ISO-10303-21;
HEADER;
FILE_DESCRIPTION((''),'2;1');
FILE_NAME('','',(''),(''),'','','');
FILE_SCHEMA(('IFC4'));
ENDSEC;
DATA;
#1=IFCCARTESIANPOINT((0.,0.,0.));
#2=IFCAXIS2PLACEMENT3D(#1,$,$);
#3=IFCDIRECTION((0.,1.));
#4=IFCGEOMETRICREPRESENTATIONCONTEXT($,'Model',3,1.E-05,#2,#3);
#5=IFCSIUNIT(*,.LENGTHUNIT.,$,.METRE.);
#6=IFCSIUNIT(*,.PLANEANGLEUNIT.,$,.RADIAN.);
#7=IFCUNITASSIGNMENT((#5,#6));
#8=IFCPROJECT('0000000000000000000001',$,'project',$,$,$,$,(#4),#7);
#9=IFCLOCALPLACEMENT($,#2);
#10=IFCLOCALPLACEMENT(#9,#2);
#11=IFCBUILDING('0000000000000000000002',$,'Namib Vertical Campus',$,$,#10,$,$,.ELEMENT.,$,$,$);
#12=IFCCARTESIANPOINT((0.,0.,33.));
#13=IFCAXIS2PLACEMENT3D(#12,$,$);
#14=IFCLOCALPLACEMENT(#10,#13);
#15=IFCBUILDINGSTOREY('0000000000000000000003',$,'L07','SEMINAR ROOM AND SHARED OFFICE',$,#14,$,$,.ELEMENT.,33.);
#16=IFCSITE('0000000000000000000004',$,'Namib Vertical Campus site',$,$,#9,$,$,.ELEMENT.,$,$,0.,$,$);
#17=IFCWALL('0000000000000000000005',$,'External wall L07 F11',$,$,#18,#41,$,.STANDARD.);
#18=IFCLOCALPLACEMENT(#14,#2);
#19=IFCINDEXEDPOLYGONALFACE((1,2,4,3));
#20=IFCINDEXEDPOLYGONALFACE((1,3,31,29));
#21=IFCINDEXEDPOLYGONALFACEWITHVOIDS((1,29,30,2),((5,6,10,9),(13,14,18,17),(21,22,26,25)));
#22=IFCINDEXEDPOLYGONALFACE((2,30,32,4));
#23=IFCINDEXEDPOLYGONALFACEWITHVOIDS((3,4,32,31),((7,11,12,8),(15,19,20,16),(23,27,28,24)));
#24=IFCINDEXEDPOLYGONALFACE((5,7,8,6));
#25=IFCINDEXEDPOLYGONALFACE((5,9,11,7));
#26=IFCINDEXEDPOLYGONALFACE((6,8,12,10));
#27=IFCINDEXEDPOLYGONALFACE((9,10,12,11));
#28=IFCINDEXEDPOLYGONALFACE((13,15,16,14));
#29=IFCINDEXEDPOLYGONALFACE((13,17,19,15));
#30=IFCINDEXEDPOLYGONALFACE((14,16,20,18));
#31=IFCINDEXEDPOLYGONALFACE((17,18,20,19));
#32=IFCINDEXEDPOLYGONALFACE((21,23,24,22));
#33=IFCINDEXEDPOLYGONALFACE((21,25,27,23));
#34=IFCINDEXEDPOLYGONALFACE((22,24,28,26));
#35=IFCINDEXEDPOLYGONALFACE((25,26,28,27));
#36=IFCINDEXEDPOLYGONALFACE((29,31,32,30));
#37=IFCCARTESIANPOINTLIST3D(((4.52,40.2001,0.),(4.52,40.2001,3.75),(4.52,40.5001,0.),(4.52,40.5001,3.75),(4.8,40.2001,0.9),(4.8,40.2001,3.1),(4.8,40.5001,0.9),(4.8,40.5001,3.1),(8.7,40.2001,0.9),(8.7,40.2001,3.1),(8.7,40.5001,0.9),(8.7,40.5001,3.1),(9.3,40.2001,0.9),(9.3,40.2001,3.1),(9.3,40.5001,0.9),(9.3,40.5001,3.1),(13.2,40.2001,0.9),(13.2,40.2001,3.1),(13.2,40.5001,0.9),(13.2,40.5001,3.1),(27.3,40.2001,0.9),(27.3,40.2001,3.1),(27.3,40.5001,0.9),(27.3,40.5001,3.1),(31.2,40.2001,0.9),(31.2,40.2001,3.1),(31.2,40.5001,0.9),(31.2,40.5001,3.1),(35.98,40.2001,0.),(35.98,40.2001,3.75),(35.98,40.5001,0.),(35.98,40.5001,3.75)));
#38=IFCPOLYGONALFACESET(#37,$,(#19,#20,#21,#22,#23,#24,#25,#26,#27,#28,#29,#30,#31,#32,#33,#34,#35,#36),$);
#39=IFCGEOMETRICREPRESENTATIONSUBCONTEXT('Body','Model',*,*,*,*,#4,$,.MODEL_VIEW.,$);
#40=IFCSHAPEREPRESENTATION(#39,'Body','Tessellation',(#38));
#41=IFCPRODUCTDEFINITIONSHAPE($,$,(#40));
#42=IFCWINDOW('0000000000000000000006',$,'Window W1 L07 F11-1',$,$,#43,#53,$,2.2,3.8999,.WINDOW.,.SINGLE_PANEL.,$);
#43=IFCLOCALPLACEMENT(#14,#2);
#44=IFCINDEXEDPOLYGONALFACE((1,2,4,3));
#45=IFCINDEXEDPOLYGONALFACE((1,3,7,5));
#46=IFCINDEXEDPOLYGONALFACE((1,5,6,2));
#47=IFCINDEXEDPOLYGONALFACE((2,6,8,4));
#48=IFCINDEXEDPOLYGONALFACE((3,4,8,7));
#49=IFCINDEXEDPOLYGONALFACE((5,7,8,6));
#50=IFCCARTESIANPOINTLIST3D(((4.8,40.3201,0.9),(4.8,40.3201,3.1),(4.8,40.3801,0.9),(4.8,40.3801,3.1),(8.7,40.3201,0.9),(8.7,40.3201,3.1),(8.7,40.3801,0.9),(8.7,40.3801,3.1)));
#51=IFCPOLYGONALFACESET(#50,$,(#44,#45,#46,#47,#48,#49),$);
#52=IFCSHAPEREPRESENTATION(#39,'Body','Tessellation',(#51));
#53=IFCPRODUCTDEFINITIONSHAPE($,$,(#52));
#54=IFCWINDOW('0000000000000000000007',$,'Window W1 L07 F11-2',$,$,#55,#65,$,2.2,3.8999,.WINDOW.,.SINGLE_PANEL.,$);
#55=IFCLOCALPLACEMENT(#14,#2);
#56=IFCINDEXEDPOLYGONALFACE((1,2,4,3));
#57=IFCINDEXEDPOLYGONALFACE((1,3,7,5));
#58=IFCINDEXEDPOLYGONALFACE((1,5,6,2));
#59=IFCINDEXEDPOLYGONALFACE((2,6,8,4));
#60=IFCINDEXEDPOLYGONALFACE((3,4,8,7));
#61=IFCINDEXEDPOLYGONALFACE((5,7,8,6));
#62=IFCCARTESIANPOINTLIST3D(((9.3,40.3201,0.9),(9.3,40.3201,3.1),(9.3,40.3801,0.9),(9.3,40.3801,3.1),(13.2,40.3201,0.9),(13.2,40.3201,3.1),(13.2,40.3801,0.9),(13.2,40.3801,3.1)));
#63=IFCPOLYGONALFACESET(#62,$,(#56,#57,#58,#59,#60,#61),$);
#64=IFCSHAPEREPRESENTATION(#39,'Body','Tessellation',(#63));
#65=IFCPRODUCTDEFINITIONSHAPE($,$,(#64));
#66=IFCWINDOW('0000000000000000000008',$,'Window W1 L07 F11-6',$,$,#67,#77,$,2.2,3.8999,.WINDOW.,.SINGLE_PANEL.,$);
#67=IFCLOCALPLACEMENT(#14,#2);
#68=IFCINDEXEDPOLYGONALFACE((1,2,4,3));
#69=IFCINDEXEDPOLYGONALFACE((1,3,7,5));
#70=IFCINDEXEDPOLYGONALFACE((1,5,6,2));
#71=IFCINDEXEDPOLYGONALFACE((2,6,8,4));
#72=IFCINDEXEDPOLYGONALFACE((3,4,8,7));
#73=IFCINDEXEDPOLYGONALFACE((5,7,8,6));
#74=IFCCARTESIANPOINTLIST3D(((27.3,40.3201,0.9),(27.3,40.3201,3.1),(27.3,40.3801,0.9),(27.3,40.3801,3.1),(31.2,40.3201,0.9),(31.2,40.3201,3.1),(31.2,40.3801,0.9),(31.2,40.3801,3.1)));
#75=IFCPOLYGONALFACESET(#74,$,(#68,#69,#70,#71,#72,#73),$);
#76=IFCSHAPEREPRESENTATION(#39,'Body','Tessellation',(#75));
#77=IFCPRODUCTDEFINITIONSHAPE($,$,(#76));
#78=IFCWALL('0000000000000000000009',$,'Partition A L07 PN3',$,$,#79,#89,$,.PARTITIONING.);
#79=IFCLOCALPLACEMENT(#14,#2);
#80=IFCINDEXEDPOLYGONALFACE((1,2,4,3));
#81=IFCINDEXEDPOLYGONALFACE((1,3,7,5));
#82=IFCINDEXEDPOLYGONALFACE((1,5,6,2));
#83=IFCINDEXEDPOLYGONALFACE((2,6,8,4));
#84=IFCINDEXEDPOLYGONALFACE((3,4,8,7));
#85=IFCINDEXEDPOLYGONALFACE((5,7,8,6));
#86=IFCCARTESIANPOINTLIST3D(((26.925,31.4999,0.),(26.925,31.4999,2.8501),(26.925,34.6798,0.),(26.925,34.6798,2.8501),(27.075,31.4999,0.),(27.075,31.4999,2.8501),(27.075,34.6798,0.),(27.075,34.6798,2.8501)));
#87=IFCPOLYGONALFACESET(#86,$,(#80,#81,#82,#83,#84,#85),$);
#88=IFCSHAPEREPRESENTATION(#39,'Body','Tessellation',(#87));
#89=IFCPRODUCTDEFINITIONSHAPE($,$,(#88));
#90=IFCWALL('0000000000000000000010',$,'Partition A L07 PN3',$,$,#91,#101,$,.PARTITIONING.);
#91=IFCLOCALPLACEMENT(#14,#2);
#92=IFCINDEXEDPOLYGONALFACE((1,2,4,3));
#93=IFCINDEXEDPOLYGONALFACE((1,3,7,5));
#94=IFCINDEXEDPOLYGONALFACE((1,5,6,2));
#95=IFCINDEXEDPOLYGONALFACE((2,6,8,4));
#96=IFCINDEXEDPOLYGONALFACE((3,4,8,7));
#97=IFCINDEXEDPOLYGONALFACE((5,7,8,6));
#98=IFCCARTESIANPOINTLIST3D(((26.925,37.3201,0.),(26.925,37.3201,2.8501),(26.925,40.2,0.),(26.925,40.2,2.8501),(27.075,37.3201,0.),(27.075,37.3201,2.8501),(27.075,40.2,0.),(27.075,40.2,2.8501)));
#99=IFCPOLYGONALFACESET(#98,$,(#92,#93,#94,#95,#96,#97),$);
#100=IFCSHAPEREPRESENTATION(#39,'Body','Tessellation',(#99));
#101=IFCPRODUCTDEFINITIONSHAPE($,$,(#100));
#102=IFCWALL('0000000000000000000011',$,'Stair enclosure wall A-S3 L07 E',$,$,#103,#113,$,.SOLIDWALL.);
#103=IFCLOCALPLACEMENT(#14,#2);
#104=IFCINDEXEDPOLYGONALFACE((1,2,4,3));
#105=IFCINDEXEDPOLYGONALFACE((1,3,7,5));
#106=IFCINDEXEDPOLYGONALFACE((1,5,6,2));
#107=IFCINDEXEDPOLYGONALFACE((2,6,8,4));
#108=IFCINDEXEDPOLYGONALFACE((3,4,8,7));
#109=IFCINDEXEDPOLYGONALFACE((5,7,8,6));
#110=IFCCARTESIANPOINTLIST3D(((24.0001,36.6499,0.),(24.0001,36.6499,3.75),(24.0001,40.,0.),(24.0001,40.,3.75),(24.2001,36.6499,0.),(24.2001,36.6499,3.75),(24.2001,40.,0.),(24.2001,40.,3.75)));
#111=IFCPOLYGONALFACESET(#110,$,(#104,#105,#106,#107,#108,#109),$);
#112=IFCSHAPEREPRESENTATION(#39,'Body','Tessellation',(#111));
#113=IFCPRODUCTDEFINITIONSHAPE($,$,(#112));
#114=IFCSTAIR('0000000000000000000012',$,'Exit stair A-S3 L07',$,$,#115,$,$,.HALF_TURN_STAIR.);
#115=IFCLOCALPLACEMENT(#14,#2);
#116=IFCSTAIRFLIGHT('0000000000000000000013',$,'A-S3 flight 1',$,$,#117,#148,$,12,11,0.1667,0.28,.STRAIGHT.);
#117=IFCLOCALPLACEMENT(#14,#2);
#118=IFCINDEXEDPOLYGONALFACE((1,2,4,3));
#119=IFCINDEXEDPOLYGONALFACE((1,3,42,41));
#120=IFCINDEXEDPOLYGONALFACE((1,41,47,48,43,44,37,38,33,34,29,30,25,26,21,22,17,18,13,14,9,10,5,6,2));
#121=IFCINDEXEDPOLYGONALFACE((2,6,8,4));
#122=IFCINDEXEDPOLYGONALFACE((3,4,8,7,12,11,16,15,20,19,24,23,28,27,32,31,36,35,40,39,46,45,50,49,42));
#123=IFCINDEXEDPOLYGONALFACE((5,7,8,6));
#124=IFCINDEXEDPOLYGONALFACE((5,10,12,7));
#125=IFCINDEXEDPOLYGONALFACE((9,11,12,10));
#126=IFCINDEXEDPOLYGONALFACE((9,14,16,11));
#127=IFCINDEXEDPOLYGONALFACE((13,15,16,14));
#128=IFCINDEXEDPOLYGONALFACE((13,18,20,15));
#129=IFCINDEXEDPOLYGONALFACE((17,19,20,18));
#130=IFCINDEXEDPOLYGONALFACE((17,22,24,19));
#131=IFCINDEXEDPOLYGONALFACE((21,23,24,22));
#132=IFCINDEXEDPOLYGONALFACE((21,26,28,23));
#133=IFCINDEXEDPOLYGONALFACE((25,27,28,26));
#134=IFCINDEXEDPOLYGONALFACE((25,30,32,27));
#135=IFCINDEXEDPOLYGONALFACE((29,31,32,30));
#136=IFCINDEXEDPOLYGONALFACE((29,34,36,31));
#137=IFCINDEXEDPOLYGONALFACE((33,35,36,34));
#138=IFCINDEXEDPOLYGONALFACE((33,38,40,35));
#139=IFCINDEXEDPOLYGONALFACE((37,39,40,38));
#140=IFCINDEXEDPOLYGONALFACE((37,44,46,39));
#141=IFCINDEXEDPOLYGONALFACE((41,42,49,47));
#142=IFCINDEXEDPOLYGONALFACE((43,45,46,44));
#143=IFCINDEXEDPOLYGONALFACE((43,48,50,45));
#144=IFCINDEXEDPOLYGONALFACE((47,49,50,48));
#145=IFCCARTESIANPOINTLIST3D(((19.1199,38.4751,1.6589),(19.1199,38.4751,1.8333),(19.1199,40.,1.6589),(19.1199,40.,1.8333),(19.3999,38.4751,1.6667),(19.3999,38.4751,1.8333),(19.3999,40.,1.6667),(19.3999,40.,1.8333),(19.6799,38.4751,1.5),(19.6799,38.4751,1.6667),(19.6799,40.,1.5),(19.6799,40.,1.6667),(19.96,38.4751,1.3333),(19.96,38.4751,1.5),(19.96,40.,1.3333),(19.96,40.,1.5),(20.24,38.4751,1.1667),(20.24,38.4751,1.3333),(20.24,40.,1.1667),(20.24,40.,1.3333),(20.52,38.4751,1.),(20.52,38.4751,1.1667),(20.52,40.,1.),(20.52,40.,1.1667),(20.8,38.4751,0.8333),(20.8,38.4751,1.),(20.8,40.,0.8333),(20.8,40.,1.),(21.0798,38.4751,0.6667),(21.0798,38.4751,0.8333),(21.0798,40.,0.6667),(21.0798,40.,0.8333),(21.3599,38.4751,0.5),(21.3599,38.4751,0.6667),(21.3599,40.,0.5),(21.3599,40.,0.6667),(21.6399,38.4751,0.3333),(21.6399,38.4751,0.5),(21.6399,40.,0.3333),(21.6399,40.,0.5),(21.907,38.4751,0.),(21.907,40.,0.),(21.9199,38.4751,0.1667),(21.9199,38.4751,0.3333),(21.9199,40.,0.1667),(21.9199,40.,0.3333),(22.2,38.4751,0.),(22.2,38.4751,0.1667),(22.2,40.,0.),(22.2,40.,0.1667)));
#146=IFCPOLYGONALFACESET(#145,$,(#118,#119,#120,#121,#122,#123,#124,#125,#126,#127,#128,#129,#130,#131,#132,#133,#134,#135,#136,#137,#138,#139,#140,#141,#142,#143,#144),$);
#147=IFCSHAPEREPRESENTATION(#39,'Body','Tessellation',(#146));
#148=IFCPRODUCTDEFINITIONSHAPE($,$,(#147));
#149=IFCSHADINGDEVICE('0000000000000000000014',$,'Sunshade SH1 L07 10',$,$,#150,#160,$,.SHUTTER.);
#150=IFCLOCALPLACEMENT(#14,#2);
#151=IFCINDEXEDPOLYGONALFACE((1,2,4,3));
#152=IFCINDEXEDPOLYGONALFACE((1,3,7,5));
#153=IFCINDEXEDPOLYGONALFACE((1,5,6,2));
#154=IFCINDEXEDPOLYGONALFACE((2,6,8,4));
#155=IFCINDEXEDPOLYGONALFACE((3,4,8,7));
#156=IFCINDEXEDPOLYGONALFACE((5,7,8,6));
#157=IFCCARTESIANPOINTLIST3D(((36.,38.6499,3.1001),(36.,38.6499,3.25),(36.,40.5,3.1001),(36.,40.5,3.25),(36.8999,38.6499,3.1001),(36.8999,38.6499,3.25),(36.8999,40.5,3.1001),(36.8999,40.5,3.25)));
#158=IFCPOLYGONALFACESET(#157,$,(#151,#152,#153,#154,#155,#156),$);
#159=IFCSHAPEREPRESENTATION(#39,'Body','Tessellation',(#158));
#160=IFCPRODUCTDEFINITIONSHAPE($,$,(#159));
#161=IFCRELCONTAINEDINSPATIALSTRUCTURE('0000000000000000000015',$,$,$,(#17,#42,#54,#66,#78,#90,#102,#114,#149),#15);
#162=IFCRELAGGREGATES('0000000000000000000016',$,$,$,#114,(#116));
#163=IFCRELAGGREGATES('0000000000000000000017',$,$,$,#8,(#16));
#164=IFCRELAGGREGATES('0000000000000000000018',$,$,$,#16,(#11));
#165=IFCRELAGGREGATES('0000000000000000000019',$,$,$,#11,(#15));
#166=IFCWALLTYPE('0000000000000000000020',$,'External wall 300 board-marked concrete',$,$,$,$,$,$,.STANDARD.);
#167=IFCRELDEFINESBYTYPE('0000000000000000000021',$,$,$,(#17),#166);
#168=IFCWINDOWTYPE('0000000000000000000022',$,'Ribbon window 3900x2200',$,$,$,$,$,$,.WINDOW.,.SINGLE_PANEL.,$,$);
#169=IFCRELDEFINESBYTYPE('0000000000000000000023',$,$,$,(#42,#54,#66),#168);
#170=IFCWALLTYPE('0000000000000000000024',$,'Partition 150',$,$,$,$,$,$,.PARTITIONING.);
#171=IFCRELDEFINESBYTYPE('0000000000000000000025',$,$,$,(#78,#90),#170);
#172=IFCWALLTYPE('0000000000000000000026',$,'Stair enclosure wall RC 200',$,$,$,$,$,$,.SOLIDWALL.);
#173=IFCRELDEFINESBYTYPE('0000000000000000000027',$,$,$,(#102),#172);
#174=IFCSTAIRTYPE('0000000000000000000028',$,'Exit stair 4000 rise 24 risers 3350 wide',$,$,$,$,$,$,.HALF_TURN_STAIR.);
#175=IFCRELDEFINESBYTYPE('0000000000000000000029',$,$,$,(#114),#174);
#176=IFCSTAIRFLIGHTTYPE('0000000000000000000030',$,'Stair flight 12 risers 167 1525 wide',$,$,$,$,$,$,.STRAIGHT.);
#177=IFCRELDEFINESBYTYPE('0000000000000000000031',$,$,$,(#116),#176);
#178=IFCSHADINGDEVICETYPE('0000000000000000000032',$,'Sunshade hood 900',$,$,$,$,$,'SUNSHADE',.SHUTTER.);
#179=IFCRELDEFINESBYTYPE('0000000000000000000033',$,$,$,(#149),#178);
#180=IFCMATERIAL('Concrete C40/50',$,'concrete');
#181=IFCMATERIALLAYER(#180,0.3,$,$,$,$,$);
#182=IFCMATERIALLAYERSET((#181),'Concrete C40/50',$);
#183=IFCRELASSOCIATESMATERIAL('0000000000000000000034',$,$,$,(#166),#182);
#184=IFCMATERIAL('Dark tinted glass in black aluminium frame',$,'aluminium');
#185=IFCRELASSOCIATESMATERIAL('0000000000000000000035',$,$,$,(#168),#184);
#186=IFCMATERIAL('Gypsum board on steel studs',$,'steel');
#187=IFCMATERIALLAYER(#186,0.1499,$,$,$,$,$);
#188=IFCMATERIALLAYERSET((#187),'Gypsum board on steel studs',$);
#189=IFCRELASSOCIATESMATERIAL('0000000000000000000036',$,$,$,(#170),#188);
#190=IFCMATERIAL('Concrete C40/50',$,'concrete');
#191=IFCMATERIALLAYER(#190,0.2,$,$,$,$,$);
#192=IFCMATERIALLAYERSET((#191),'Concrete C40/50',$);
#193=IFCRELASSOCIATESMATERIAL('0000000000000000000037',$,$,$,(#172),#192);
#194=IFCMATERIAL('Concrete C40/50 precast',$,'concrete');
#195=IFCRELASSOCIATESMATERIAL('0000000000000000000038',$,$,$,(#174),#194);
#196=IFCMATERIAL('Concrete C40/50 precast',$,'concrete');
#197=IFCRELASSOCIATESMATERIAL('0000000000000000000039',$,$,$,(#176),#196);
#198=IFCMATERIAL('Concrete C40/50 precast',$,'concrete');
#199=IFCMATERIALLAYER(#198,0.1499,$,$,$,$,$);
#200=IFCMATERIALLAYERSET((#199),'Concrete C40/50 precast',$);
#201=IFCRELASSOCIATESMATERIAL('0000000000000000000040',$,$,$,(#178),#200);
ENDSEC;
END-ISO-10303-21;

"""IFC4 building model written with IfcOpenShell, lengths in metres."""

from ifc_helpers import new_model, si_unit, direction, frame, frame_2d, origin, origin_2d, place, context, subcontext, project, spatial, polyline, rectangle, outline, extrude, material, layer, layer_set, type_object, element, fill, aggregate, save


model = new_model("IFC4")

# Units and contexts
model_context = context("Model", 3, precision=1e-05, world=origin(), true_north=direction((0.0, 1.0)))
body_context = subcontext(model_context, "Body", "Model", "MODEL_VIEW")
ifc_project = project(units=[si_unit("LENGTHUNIT", "METRE"), si_unit("PLANEANGLEUNIT", "RADIAN")], contexts=[model_context])

# Site, building, storey
site_placement = place(None, origin())
site = spatial("IfcSite", under=ifc_project, at=site_placement, Name="Namib Vertical Campus site", CompositionType="ELEMENT", RefElevation=0.0)
building_placement = place(site_placement, origin())
building = spatial("IfcBuilding", under=site, at=building_placement, Name="Namib Vertical Campus", CompositionType="ELEMENT")
storey_placement = place(building_placement, frame((0.0, 0.0, 33.0)))
storey = spatial("IfcBuildingStorey", under=building, at=storey_placement, Name="L07", Description="SEMINAR ROOM AND SHARED OFFICE", CompositionType="ELEMENT", Elevation=33.0)

# Shared definitions
ifc_material_1 = material(Name="Concrete C40/50", Category="concrete")
ifc_layer_1 = layer(ifc_material_1, 0.3)
ifc_layer_set_1 = layer_set([ifc_layer_1], Name="Concrete C40/50")
wall_type_1 = type_object("IfcWallType", Name="External wall 300 board-marked concrete", PredefinedType="STANDARD", material=ifc_layer_set_1)

# Wall, openings, windows
wall_1_placement = place(storey_placement, frame((35.98, 40.3501, 0.0), z_axis=(0.0, 0.0, 1.0), x_axis=(-1.0, 0.0, 0.0)))
wall_1 = element("IfcWall", 1, at=wall_1_placement, inside=storey, type_object=wall_type_1, Name="External wall L07 F11", PredefinedType="STANDARD", context=body_context, shape_type="SweptSolid", body=[
    extrude(rectangle(XDim=31.46, YDim=0.3, at=frame_2d((15.73, 0.0))), origin(), (0.0, 0.0, 1.0), 3.75),
])
opening_1_placement = place(wall_1_placement, frame((27.28, 0.0, 0.8999)))
opening_1 = element("IfcOpeningElement", 2, at=opening_1_placement, cuts=wall_1, PredefinedType="OPENING", context=body_context, shape_type="SweptSolid", body=[
    extrude(rectangle(XDim=3.8999, YDim=2.2, at=frame_2d((1.95, 1.1001))), frame((0.0, 0.1599, 0.0), z_axis=(0.0, -1.0, 0.0), x_axis=(1.0, 0.0, 0.0)), (0.0, 0.0, 1.0), 0.3201),
])
opening_2_placement = place(wall_1_placement, frame((22.78, 0.0, 0.8999)))
opening_2 = element("IfcOpeningElement", 3, at=opening_2_placement, cuts=wall_1, PredefinedType="OPENING", context=body_context, shape_type="SweptSolid", body=[
    extrude(rectangle(XDim=3.8999, YDim=2.2, at=frame_2d((1.95, 1.1001))), frame((0.0, 0.1599, 0.0), z_axis=(0.0, -1.0, 0.0), x_axis=(1.0, 0.0, 0.0)), (0.0, 0.0, 1.0), 0.3201),
])
opening_3_placement = place(wall_1_placement, frame((4.78, 0.0, 0.8999)))
opening_3 = element("IfcOpeningElement", 4, at=opening_3_placement, cuts=wall_1, PredefinedType="OPENING", context=body_context, shape_type="SweptSolid", body=[
    extrude(rectangle(XDim=3.8999, YDim=2.2, at=frame_2d((1.95, 1.1001))), frame((0.0, 0.1599, 0.0), z_axis=(0.0, -1.0, 0.0), x_axis=(1.0, 0.0, 0.0)), (0.0, 0.0, 1.0), 0.3201),
])
ifc_material_2 = material(Name="Dark tinted glass in black aluminium frame", Category="aluminium")
window_type = type_object("IfcWindowType", Name="Ribbon window 3900x2200", PartitioningType="SINGLE_PANEL", PredefinedType="WINDOW", material=ifc_material_2)
window_1_placement = place(opening_1_placement, origin())
window_1 = element("IfcWindow", 5, at=window_1_placement, inside=storey, type_object=window_type, Name="Window W1 L07 F11-1", OverallHeight=2.2, OverallWidth=3.8999, PartitioningType="SINGLE_PANEL", PredefinedType="WINDOW", context=body_context, shape_type="SweptSolid", body=[
    extrude(rectangle(XDim=3.8999, YDim=2.2, at=frame_2d((1.95, 1.1001))), frame((0.0, 0.03, 0.0), z_axis=(0.0, -1.0, 0.0), x_axis=(1.0, 0.0, 0.0)), (0.0, 0.0, 1.0), 0.0601),
])
fill(opening_1, window_1)
window_2_placement = place(opening_2_placement, origin())
window_2 = element("IfcWindow", 6, at=window_2_placement, inside=storey, type_object=window_type, Name="Window W1 L07 F11-2", OverallHeight=2.2, OverallWidth=3.8999, PartitioningType="SINGLE_PANEL", PredefinedType="WINDOW", context=body_context, shape_type="SweptSolid", body=[
    extrude(rectangle(XDim=3.8999, YDim=2.2, at=frame_2d((1.95, 1.1001))), frame((0.0, 0.03, 0.0), z_axis=(0.0, -1.0, 0.0), x_axis=(1.0, 0.0, 0.0)), (0.0, 0.0, 1.0), 0.0601),
])
fill(opening_2, window_2)
window_3_placement = place(opening_3_placement, origin())
window_3 = element("IfcWindow", 7, at=window_3_placement, inside=storey, type_object=window_type, Name="Window W1 L07 F11-6", OverallHeight=2.2, OverallWidth=3.8999, PartitioningType="SINGLE_PANEL", PredefinedType="WINDOW", context=body_context, shape_type="SweptSolid", body=[
    extrude(rectangle(XDim=3.8999, YDim=2.2, at=frame_2d((1.95, 1.1001))), frame((0.0, 0.03, 0.0), z_axis=(0.0, -1.0, 0.0), x_axis=(1.0, 0.0, 0.0)), (0.0, 0.0, 1.0), 0.0601),
])
fill(opening_3, window_3)

# Walls
ifc_material_3 = material(Name="Gypsum board on steel studs", Category="steel")
ifc_layer_2 = layer(ifc_material_3, 0.1499)
ifc_layer_set_2 = layer_set([ifc_layer_2], Name="Gypsum board on steel studs")
wall_type_2 = type_object("IfcWallType", Name="Partition 150", PredefinedType="PARTITIONING", material=ifc_layer_set_2)
wall_2_placement = place(storey_placement, frame((27.0, 31.5, 0.0), z_axis=(0.0, 0.0, 1.0), x_axis=(0.0, 1.0, 0.0)))
element("IfcWall", 8, at=wall_2_placement, inside=storey, type_object=wall_type_2, Name="Partition A L07 PN3", PredefinedType="PARTITIONING", context=body_context, shape_type="SweptSolid", body=[
    extrude(rectangle(XDim=3.1799, YDim=0.1499, at=frame_2d((1.5898, 0.0))), origin(), (0.0, 0.0, 1.0), 2.8501),
])
wall_3_placement = place(storey_placement, frame((27.0, 37.3201, 0.0), z_axis=(0.0, 0.0, 1.0), x_axis=(0.0, 1.0, 0.0)))
element("IfcWall", 9, at=wall_3_placement, inside=storey, type_object=wall_type_2, Name="Partition A L07 PN3", PredefinedType="PARTITIONING", context=body_context, shape_type="SweptSolid", body=[
    extrude(rectangle(XDim=2.8799, YDim=0.1499, at=frame_2d((1.4399, 0.0))), origin(), (0.0, 0.0, 1.0), 2.8501),
])
ifc_material_4 = material(Name="Concrete C40/50", Category="concrete")
ifc_layer_3 = layer(ifc_material_4, 0.2)
ifc_layer_set_3 = layer_set([ifc_layer_3], Name="Concrete C40/50")
wall_type_3 = type_object("IfcWallType", Name="Stair enclosure wall RC 200", PredefinedType="SOLIDWALL", material=ifc_layer_set_3)
wall_4_placement = place(storey_placement, frame((24.1001, 36.6499, 0.0), z_axis=(0.0, 0.0, 1.0), x_axis=(0.0, 1.0, 0.0)))
element("IfcWall", 10, at=wall_4_placement, inside=storey, type_object=wall_type_3, Name="Stair enclosure wall A-S3 L07 E", PredefinedType="SOLIDWALL", context=body_context, shape_type="SweptSolid", body=[
    extrude(rectangle(XDim=3.3501, YDim=0.2, at=frame_2d((1.675, 0.0))), origin(), (0.0, 0.0, 1.0), 3.75),
])

# Stair, stair flight
ifc_material_5 = material(Name="Concrete C40/50 precast", Category="concrete")
stair_type = type_object("IfcStairType", Name="Exit stair 4000 rise 24 risers 3350 wide", PredefinedType="HALF_TURN_STAIR", material=ifc_material_5)
stair_placement = place(storey_placement, origin())
stair = element("IfcStair", 11, at=stair_placement, inside=storey, type_object=stair_type, Name="Exit stair A-S3 L07", PredefinedType="HALF_TURN_STAIR")
ifc_material_6 = material(Name="Concrete C40/50 precast", Category="concrete")
stair_flight_type = type_object("IfcStairFlightType", Name="Stair flight 12 risers 167 1525 wide", PredefinedType="STRAIGHT", material=ifc_material_6)
stair_flight_placement = place(storey_placement, frame((22.2, 39.2375, 0.0), z_axis=(0.0, 0.0, 1.0), x_axis=(-1.0, 0.0, 0.0)))
stair_flight = element("IfcStairFlight", 12, at=stair_flight_placement, type_object=stair_flight_type, Name="A-S3 flight 1", NumberOfRisers=12, NumberOfTreads=11, PredefinedType="STRAIGHT", RiserHeight=0.1667, TreadLength=0.28, context=body_context, shape_type="SweptSolid", body=[
    extrude(outline(polyline([(0.0, 0.0), (0.0, 0.1667), (0.28, 0.1667), (0.28, 0.3333), (0.5601, 0.3333), (0.5601, 0.5), (0.8401, 0.5), (0.8401, 0.6667), (1.1201, 0.6667), (1.1201, 0.8333), (1.3999, 0.8333), (1.3999, 1.0), (1.6799, 1.0), (1.6799, 1.1667), (1.96, 1.1667), (1.96, 1.3333), (2.24, 1.3333), (2.24, 1.5), (2.52, 1.5), (2.52, 1.6667), (2.8, 1.6667), (2.8, 1.8333), (3.0801, 1.8333), (3.0801, 2.0), (3.0801, 1.6589), (0.293, 0.0), (0.0, 0.0)])), frame((0.0, 0.7625, 0.0), z_axis=(0.0, -1.0, 0.0), x_axis=(1.0, 0.0, 0.0)), (0.0, 0.0, 1.0), 1.5249),
])
aggregate(stair, [stair_flight])

# Shading device
ifc_material_7 = material(Name="Concrete C40/50 precast", Category="concrete")
ifc_layer_4 = layer(ifc_material_7, 0.1499)
ifc_layer_set_4 = layer_set([ifc_layer_4], Name="Concrete C40/50 precast")
shading_device_type = type_object("IfcShadingDeviceType", Name="Sunshade hood 900", ElementType="SUNSHADE", PredefinedType="SHUTTER", material=ifc_layer_set_4)
shading_device_placement = place(storey_placement, frame((36.45, 39.575, 3.1001), z_axis=(0.0, 0.0, 1.0), x_axis=(0.0, 1.0, 0.0)))
element("IfcShadingDevice", 13, at=shading_device_placement, inside=storey, type_object=shading_device_type, Name="Sunshade SH1 L07 10", PredefinedType="SHUTTER", context=body_context, shape_type="SweptSolid", body=[
    extrude(rectangle(XDim=1.8501, YDim=0.8999, at=origin_2d()), origin(), (0.0, 0.0, 1.0), 0.1499),
])

save(model, "model.ifc")
